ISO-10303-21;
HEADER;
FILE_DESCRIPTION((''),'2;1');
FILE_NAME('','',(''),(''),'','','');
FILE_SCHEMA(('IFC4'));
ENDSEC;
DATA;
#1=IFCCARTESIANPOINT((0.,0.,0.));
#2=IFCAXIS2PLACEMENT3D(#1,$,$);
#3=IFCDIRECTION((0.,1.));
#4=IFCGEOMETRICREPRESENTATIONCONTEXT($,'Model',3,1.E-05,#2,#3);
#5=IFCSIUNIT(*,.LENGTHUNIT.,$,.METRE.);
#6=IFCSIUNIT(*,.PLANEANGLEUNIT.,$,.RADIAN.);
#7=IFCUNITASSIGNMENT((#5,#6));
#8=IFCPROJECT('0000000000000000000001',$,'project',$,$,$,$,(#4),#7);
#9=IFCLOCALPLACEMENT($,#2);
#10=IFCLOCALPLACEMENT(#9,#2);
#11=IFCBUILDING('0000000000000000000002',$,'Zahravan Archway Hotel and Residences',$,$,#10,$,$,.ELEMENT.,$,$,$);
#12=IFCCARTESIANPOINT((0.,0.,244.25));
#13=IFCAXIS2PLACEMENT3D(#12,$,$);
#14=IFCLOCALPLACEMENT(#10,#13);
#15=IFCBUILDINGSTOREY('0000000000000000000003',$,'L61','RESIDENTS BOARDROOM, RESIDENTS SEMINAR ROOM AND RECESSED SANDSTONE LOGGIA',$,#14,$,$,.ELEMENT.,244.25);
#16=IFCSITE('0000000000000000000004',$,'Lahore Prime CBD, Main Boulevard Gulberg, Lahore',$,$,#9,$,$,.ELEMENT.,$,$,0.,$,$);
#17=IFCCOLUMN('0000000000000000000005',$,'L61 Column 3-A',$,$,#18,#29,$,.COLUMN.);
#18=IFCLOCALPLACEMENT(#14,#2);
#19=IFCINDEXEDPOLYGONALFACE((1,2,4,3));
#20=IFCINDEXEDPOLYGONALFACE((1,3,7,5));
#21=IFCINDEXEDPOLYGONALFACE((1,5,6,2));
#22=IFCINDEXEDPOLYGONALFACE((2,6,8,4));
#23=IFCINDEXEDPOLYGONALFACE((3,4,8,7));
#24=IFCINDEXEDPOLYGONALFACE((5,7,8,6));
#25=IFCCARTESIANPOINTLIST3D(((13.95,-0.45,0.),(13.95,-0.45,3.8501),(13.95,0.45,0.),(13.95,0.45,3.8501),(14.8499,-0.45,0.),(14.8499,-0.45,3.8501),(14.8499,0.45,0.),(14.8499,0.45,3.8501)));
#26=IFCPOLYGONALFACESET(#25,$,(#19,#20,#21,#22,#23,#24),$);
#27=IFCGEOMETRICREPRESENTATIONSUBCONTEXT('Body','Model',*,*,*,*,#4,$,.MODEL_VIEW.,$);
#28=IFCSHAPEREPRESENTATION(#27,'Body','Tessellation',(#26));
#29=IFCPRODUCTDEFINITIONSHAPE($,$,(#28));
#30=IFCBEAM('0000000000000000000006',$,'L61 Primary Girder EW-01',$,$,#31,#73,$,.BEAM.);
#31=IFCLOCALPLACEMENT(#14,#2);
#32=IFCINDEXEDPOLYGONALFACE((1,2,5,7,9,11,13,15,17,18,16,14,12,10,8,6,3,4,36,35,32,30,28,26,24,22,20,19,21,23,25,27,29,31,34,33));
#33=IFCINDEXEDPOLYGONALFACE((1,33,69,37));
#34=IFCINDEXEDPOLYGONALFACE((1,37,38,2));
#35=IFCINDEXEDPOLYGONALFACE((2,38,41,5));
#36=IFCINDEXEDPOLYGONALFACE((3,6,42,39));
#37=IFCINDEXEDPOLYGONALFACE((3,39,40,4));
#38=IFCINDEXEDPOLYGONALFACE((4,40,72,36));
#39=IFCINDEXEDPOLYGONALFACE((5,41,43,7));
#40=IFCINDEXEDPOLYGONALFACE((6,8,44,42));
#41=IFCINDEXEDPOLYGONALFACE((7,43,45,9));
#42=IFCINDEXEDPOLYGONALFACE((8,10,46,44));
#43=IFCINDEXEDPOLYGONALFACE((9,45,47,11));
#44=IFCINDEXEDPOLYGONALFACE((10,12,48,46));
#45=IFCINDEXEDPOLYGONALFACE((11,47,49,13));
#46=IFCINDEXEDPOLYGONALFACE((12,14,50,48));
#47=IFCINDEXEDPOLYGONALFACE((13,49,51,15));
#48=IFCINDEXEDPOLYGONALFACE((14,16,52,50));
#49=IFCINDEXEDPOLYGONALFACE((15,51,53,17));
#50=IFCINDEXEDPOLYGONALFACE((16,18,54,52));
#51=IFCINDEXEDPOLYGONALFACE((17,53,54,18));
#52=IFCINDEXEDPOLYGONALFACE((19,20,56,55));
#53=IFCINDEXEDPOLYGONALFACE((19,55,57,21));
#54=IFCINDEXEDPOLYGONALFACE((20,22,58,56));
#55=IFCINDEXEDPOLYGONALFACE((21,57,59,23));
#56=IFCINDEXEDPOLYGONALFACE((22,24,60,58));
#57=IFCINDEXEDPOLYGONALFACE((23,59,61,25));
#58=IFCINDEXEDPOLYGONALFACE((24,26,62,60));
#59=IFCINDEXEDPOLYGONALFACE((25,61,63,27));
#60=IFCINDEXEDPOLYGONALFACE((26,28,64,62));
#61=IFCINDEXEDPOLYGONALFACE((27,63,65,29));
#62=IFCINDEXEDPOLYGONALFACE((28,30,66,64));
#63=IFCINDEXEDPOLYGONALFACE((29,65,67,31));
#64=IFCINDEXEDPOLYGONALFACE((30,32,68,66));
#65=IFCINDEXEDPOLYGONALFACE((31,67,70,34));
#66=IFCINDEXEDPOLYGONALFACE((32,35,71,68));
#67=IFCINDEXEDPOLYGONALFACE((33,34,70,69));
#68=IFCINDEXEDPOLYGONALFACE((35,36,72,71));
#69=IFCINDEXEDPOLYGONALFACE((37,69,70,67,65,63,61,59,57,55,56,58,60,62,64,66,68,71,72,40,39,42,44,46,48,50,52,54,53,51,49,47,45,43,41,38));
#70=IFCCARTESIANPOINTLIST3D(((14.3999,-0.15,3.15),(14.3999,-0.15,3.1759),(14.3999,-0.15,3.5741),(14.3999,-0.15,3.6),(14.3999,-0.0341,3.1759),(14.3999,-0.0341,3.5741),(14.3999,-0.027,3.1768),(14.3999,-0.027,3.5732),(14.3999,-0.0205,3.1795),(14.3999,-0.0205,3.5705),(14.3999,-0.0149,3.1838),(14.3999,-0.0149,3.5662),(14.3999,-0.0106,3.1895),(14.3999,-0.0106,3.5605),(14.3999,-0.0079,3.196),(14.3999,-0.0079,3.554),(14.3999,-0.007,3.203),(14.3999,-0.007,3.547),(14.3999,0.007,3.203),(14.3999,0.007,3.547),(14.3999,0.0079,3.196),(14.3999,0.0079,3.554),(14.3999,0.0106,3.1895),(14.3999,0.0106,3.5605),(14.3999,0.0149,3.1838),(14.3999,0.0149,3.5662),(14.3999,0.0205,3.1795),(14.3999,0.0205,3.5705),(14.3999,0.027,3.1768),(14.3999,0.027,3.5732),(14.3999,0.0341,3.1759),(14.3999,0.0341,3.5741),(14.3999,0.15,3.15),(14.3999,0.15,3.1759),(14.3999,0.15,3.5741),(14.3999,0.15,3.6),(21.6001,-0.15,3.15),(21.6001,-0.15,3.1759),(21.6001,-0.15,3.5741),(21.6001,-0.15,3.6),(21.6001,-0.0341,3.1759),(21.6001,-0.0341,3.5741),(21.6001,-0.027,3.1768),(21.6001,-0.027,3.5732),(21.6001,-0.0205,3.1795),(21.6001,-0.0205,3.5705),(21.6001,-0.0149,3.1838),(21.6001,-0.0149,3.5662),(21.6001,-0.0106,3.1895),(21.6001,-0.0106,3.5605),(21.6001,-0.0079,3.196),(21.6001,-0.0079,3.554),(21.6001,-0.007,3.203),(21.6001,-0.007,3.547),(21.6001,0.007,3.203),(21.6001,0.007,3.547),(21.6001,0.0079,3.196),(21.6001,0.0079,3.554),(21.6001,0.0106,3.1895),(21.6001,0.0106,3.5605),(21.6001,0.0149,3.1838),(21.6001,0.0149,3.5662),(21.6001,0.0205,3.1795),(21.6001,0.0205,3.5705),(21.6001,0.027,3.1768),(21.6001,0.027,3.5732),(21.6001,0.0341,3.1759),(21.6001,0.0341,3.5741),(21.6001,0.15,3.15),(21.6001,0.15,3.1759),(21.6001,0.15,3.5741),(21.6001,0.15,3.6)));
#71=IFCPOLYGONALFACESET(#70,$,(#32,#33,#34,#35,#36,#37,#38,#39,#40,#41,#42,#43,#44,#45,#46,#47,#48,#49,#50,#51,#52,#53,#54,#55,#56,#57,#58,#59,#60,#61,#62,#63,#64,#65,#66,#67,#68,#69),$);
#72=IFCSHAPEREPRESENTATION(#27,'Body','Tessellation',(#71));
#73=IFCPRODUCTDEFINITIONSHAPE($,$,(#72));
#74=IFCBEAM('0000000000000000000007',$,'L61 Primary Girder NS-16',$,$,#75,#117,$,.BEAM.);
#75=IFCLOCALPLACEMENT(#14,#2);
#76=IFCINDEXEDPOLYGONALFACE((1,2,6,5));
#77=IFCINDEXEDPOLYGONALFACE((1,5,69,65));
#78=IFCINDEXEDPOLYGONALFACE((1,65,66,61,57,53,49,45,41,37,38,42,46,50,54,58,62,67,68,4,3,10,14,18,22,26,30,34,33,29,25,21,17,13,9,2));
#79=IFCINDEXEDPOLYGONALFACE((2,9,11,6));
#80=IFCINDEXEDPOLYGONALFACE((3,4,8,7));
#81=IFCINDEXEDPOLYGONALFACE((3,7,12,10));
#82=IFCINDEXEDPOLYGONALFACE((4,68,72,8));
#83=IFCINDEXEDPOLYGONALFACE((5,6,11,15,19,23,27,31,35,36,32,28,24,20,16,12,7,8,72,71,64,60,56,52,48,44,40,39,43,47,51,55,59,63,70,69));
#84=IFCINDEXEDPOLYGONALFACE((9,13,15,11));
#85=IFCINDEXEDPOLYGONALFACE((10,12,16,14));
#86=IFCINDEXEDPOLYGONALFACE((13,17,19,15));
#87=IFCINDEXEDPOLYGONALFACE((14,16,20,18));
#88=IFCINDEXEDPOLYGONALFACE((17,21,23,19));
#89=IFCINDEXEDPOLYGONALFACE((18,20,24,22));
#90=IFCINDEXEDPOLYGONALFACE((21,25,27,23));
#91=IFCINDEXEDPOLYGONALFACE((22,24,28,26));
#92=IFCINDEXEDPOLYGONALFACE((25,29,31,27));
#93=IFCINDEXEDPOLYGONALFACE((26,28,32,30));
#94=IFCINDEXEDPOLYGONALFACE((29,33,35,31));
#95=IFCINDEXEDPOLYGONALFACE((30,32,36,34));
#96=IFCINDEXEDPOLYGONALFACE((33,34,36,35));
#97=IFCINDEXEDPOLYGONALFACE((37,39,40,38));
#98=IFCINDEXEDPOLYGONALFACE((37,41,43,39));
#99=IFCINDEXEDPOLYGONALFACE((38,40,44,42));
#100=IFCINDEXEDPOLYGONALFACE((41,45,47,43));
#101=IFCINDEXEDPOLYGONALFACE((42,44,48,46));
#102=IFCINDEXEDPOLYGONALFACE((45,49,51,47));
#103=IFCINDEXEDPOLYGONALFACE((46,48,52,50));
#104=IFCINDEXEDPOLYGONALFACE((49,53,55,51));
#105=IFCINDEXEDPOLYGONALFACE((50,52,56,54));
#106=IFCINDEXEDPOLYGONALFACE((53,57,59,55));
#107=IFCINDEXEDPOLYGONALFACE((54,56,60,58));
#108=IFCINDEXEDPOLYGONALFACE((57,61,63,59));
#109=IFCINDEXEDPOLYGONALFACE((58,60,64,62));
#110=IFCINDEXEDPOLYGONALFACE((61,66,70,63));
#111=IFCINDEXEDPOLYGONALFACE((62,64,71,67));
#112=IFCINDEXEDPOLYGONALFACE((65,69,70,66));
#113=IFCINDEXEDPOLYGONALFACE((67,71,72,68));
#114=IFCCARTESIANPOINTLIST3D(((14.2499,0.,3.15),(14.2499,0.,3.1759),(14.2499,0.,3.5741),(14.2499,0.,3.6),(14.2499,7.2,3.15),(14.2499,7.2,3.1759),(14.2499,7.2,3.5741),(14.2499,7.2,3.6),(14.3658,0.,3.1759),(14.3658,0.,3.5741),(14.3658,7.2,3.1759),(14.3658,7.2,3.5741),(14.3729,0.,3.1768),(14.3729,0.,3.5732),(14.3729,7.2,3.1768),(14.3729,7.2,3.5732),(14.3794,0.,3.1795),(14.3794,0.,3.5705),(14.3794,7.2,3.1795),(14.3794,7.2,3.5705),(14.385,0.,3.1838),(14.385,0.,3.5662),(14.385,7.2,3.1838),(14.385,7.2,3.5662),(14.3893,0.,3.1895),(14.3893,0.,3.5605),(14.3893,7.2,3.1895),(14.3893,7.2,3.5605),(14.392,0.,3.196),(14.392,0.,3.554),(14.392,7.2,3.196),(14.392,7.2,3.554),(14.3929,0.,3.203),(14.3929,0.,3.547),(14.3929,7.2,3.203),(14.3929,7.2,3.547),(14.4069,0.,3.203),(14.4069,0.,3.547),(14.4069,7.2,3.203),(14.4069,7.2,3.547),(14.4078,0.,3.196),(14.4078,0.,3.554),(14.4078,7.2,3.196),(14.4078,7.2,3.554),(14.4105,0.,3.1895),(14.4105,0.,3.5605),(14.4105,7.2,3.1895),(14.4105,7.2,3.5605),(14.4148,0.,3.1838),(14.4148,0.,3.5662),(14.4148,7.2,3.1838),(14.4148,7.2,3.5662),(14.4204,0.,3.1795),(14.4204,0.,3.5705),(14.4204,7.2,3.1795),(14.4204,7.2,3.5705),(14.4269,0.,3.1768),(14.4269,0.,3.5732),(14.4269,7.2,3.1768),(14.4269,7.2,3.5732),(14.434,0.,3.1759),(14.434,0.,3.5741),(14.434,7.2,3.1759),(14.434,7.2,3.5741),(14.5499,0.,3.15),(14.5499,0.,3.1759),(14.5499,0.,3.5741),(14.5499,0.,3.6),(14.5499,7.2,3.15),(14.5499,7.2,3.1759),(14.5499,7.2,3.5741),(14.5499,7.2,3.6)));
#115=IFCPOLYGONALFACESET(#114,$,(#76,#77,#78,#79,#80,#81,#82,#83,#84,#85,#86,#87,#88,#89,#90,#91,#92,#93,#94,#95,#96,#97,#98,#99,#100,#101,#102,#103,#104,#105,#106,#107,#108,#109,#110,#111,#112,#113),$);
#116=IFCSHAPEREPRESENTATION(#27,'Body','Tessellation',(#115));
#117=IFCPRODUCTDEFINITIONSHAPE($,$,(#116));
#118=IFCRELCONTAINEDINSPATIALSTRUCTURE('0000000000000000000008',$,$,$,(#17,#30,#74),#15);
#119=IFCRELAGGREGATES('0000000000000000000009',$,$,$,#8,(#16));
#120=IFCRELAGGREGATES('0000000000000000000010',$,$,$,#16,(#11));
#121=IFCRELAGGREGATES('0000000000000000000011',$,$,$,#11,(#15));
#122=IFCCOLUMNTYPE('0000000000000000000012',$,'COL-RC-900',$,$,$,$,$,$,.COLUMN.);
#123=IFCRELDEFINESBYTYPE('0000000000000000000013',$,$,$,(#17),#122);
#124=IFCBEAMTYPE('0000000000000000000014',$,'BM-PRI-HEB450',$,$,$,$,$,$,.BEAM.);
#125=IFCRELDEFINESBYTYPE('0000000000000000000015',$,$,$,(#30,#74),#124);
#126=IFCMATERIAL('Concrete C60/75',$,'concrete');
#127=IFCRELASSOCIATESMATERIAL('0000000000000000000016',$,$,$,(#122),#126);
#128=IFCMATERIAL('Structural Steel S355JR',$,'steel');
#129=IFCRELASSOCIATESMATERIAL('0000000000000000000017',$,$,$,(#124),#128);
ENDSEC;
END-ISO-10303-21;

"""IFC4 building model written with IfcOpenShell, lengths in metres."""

from ifc_helpers import new_model, si_unit, direction, frame, origin, origin_2d, place, context, subcontext, project, spatial, rectangle, i_section, extrude, source, transform, mapped, material, material_profile, profile_set, type_object, type_shapes, element, save


model = new_model("IFC4")

# Units and contexts
model_context = context("Model", 3, precision=1e-05, world=origin(), true_north=direction((0.0, 1.0)))
body_context = subcontext(model_context, "Body", "Model", "MODEL_VIEW")
ifc_project = project(units=[si_unit("LENGTHUNIT", "METRE"), si_unit("PLANEANGLEUNIT", "RADIAN")], contexts=[model_context])

# Site, building, storey
site_placement = place(None, origin())
site = spatial("IfcSite", under=ifc_project, at=site_placement, Name="Lahore Prime CBD, Main Boulevard Gulberg, Lahore", CompositionType="ELEMENT", RefElevation=0.0)
building_placement = place(site_placement, origin())
building = spatial("IfcBuilding", under=site, at=building_placement, Name="Zahravan Archway Hotel and Residences", CompositionType="ELEMENT")
storey_placement = place(building_placement, frame((0.0, 0.0, 244.25)))
storey = spatial("IfcBuildingStorey", under=building, at=storey_placement, Name="L61", Description="RESIDENTS BOARDROOM, RESIDENTS SEMINAR ROOM AND RECESSED SANDSTONE LOGGIA", CompositionType="ELEMENT", Elevation=244.25)

# Column
ifc_material_1 = material(Name="Concrete C60/75", Category="concrete")
ifc_material_profile_1 = material_profile(ifc_material_1, rectangle(XDim=0.8999, YDim=0.8999, at=origin_2d()), Name="RC-COL-900x900", Category="concrete")
ifc_profile_set_1 = profile_set([ifc_material_profile_1], Name="Concrete C60/75")
column_type = type_object("IfcColumnType", Name="COL-RC-900", PredefinedType="COLUMN", material=ifc_profile_set_1)
shared_shape_1 = source(origin(), body_context, "Body", "SweptSolid", [
    extrude(rectangle(XDim=0.8999, YDim=0.8999, at=origin_2d()), origin(), (0.0, 0.0, 1.0), 3.8501),
])
type_shapes(column_type, [shared_shape_1])
column_placement = place(storey_placement, frame((14.3999, 0.0, 0.0), z_axis=(0.0, 0.0, 1.0), x_axis=(1.0, 0.0, 0.0)))
element("IfcColumn", 1, at=column_placement, inside=storey, type_object=column_type, Name="L61 Column 3-A", PredefinedType="COLUMN", context=body_context, shape_type="MappedRepresentation", body=[
    mapped(shared_shape_1, transform((0.0, 0.0, 0.0), scale=1.0)),
])

# Beams
ifc_material_2 = material(Name="Structural Steel S355JR", Category="steel")
ifc_material_profile_2 = material_profile(ifc_material_2, i_section(OverallWidth=0.3, OverallDepth=0.45, WebThickness=0.0139, FlangeThickness=0.0259, FilletRadius=0.0271, at=origin_2d()), Name="HEB 450", Category="steel")
ifc_profile_set_2 = profile_set([ifc_material_profile_2], Name="Structural Steel S355JR")
beam_type = type_object("IfcBeamType", Name="BM-PRI-HEB450", PredefinedType="BEAM", material=ifc_profile_set_2)
shared_shape_2 = source(origin(), body_context, "Body", "SweptSolid", [
    extrude(i_section(OverallWidth=0.3, OverallDepth=0.45, WebThickness=0.0139, FlangeThickness=0.0259, FilletRadius=0.0271, at=origin_2d()), origin(), (0.0, 0.0, 1.0), 7.2002),
])
type_shapes(beam_type, [shared_shape_2])
beam_1_placement = place(storey_placement, frame((14.3999, 0.0, 3.375), z_axis=(1.0, 0.0, 0.0), x_axis=(0.0, 1.0, 0.0)))
element("IfcBeam", 2, at=beam_1_placement, inside=storey, type_object=beam_type, Name="L61 Primary Girder EW-01", PredefinedType="BEAM", context=body_context, shape_type="MappedRepresentation", body=[
    mapped(shared_shape_2, transform((0.0, 0.0, 0.0), scale=1.0)),
])
shared_shape_3 = source(origin(), body_context, "Body", "SweptSolid", [
    extrude(i_section(OverallWidth=0.3, OverallDepth=0.45, WebThickness=0.0139, FlangeThickness=0.0259, FilletRadius=0.0271, at=origin_2d()), origin(), (0.0, 0.0, 1.0), 7.2),
])
beam_2_placement = place(storey_placement, frame((14.3999, 0.0, 3.375), z_axis=(0.0, 1.0, 0.0), x_axis=(-1.0, 0.0, 0.0)))
element("IfcBeam", 3, at=beam_2_placement, inside=storey, type_object=beam_type, Name="L61 Primary Girder NS-16", PredefinedType="BEAM", context=body_context, shape_type="MappedRepresentation", body=[
    mapped(shared_shape_3, transform((0.0, 0.0, 0.0), scale=1.0)),
])

save(model, "model.ifc")
